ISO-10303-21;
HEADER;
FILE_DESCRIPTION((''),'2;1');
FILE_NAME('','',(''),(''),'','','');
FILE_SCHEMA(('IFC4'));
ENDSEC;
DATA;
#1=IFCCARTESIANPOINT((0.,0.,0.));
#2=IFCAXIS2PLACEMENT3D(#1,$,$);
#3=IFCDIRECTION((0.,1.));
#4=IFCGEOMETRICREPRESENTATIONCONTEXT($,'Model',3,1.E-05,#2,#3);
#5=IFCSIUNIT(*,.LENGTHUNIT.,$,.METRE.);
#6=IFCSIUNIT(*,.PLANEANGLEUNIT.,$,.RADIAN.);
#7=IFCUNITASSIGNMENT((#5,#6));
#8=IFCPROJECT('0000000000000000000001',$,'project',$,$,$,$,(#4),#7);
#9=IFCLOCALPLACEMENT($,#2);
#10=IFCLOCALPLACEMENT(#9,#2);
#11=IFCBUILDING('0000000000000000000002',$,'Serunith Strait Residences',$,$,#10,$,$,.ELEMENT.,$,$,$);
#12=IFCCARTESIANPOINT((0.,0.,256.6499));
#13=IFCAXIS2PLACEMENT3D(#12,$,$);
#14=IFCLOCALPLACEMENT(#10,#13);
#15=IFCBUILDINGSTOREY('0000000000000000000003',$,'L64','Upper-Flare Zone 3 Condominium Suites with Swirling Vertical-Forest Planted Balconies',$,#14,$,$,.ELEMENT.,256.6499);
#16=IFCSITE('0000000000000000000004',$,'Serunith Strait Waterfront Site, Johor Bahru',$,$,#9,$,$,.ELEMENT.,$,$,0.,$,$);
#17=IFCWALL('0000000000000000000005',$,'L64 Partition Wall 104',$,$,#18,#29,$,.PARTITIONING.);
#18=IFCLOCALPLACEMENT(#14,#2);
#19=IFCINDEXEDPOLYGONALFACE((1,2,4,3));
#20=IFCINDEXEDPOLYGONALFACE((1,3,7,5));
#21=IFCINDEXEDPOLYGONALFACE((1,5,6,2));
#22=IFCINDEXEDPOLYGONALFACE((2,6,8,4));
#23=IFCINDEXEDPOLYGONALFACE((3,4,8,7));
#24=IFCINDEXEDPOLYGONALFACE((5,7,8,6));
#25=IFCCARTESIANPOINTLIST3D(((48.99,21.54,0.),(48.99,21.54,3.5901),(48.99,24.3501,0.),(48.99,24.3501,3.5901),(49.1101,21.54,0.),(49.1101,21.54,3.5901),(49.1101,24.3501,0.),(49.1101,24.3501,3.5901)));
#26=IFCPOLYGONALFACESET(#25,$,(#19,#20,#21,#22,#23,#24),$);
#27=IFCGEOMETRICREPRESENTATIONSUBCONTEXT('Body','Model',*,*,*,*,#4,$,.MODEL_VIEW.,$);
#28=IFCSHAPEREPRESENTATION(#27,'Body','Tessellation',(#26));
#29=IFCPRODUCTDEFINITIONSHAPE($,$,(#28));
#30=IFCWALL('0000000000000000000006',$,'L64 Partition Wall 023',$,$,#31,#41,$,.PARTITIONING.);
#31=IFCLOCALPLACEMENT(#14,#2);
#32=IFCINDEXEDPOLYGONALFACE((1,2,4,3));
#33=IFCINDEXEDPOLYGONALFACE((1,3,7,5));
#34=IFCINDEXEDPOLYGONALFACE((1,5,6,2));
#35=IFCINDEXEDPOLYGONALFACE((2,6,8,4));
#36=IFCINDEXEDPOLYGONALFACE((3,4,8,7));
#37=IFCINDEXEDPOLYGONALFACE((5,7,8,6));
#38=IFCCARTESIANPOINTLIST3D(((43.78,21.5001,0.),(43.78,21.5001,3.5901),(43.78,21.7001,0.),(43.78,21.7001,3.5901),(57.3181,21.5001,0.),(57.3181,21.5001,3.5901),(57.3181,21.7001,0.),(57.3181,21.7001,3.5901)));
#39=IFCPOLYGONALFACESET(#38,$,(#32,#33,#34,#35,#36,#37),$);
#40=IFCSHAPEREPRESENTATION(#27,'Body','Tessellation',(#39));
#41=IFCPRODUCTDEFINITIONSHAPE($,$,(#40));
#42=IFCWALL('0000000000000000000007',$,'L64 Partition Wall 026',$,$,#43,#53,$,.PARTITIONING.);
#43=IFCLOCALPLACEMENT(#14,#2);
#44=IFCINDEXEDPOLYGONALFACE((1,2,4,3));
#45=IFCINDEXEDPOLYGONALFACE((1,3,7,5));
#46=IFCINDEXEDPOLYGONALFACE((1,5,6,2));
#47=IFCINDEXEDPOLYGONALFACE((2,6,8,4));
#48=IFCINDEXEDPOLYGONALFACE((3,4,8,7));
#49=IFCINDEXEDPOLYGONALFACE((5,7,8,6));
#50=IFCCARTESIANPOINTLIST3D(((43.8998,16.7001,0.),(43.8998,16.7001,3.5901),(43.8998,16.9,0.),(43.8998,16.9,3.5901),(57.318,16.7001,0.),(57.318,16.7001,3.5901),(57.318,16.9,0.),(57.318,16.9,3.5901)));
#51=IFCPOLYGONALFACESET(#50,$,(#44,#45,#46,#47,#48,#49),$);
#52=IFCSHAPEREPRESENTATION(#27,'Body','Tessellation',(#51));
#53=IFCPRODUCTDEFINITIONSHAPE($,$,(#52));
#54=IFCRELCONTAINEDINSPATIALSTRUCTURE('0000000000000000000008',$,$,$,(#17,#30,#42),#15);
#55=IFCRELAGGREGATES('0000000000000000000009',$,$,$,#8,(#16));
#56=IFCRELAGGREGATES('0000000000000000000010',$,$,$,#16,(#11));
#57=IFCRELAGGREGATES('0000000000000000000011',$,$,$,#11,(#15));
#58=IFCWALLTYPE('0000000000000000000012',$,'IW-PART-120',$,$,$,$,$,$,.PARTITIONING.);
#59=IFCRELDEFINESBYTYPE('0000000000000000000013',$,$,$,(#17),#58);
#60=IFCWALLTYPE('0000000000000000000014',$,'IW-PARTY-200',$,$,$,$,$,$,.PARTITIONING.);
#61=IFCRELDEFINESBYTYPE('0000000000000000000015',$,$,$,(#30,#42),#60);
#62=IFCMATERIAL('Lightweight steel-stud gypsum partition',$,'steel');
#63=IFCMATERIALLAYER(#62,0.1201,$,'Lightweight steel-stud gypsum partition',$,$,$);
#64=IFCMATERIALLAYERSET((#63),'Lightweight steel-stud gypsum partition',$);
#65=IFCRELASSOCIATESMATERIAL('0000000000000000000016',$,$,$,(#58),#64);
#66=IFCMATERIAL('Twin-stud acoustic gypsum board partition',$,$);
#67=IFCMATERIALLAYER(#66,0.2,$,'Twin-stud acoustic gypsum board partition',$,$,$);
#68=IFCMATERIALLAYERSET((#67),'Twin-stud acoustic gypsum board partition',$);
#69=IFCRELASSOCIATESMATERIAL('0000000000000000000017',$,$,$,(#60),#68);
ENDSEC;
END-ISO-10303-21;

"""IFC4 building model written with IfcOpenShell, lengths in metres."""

from ifc_helpers import new_model, si_unit, direction, frame, frame_2d, origin, place, context, subcontext, project, spatial, rectangle, extrude, material, layer, layer_set, type_object, element, save


model = new_model("IFC4")

# Units and contexts
model_context = context("Model", 3, precision=1e-05, world=origin(), true_north=direction((0.0, 1.0)))
body_context = subcontext(model_context, "Body", "Model", "MODEL_VIEW")
ifc_project = project(units=[si_unit("LENGTHUNIT", "METRE"), si_unit("PLANEANGLEUNIT", "RADIAN")], contexts=[model_context])

# Site, building, storey
site_placement = place(None, origin())
site = spatial("IfcSite", under=ifc_project, at=site_placement, Name="Serunith Strait Waterfront Site, Johor Bahru", CompositionType="ELEMENT", RefElevation=0.0)
building_placement = place(site_placement, origin())
building = spatial("IfcBuilding", under=site, at=building_placement, Name="Serunith Strait Residences", CompositionType="ELEMENT")
storey_placement = place(building_placement, frame((0.0, 0.0, 256.6499)))
storey = spatial("IfcBuildingStorey", under=building, at=storey_placement, Name="L64", Description="Upper-Flare Zone 3 Condominium Suites with Swirling Vertical-Forest Planted Balconies", CompositionType="ELEMENT", Elevation=256.6499)

# Shared definitions
ifc_material_1 = material(Name="Lightweight steel-stud gypsum partition", Category="steel")
ifc_layer_1 = layer(ifc_material_1, 0.1201, Name="Lightweight steel-stud gypsum partition")
ifc_layer_set_1 = layer_set([ifc_layer_1], Name="Lightweight steel-stud gypsum partition")
wall_type_1 = type_object("IfcWallType", Name="IW-PART-120", PredefinedType="PARTITIONING", material=ifc_layer_set_1)

# Walls
for number, where, z_axis, x_axis, name in (
    (1, (49.05, 21.54, 0.0), (0.0, 0.0, 1.0), (0.0, 1.0, 0.0), "L64 Partition Wall 104"),
):
    element("IfcWall", number, at=place(storey_placement, frame(where, z_axis=z_axis, x_axis=x_axis)), inside=storey, type_object=wall_type_1, Name=name, PredefinedType="PARTITIONING", context=body_context, shape_type="SweptSolid", body=[
        extrude(rectangle(XDim=2.8101, YDim=0.1201, at=frame_2d((1.405, 0.0))), origin(), (0.0, 0.0, 1.0), 3.5901),
    ])
ifc_material_2 = material(Name="Twin-stud acoustic gypsum board partition")
ifc_layer_2 = layer(ifc_material_2, 0.2, Name="Twin-stud acoustic gypsum board partition")
ifc_layer_set_2 = layer_set([ifc_layer_2], Name="Twin-stud acoustic gypsum board partition")
wall_type_2 = type_object("IfcWallType", Name="IW-PARTY-200", PredefinedType="PARTITIONING", material=ifc_layer_set_2)
wall_1_placement = place(storey_placement, frame((43.78, 21.6001, 0.0), z_axis=(0.0, 0.0, 1.0), x_axis=(1.0, 0.0, 0.0)))
element("IfcWall", 2, at=wall_1_placement, inside=storey, type_object=wall_type_2, Name="L64 Partition Wall 023", PredefinedType="PARTITIONING", context=body_context, shape_type="SweptSolid", body=[
    extrude(rectangle(XDim=13.5381, YDim=0.2, at=frame_2d((6.769, 0.0))), origin(), (0.0, 0.0, 1.0), 3.5901),
])
wall_2_placement = place(storey_placement, frame((43.8999, 16.8, 0.0), z_axis=(0.0, 0.0, 1.0), x_axis=(1.0, 0.0, 0.0)))
element("IfcWall", 3, at=wall_2_placement, inside=storey, type_object=wall_type_2, Name="L64 Partition Wall 026", PredefinedType="PARTITIONING", context=body_context, shape_type="SweptSolid", body=[
    extrude(rectangle(XDim=13.4182, YDim=0.2, at=frame_2d((6.709, 0.0))), origin(), (0.0, 0.0, 1.0), 3.5901),
])

save(model, "model.ifc")
